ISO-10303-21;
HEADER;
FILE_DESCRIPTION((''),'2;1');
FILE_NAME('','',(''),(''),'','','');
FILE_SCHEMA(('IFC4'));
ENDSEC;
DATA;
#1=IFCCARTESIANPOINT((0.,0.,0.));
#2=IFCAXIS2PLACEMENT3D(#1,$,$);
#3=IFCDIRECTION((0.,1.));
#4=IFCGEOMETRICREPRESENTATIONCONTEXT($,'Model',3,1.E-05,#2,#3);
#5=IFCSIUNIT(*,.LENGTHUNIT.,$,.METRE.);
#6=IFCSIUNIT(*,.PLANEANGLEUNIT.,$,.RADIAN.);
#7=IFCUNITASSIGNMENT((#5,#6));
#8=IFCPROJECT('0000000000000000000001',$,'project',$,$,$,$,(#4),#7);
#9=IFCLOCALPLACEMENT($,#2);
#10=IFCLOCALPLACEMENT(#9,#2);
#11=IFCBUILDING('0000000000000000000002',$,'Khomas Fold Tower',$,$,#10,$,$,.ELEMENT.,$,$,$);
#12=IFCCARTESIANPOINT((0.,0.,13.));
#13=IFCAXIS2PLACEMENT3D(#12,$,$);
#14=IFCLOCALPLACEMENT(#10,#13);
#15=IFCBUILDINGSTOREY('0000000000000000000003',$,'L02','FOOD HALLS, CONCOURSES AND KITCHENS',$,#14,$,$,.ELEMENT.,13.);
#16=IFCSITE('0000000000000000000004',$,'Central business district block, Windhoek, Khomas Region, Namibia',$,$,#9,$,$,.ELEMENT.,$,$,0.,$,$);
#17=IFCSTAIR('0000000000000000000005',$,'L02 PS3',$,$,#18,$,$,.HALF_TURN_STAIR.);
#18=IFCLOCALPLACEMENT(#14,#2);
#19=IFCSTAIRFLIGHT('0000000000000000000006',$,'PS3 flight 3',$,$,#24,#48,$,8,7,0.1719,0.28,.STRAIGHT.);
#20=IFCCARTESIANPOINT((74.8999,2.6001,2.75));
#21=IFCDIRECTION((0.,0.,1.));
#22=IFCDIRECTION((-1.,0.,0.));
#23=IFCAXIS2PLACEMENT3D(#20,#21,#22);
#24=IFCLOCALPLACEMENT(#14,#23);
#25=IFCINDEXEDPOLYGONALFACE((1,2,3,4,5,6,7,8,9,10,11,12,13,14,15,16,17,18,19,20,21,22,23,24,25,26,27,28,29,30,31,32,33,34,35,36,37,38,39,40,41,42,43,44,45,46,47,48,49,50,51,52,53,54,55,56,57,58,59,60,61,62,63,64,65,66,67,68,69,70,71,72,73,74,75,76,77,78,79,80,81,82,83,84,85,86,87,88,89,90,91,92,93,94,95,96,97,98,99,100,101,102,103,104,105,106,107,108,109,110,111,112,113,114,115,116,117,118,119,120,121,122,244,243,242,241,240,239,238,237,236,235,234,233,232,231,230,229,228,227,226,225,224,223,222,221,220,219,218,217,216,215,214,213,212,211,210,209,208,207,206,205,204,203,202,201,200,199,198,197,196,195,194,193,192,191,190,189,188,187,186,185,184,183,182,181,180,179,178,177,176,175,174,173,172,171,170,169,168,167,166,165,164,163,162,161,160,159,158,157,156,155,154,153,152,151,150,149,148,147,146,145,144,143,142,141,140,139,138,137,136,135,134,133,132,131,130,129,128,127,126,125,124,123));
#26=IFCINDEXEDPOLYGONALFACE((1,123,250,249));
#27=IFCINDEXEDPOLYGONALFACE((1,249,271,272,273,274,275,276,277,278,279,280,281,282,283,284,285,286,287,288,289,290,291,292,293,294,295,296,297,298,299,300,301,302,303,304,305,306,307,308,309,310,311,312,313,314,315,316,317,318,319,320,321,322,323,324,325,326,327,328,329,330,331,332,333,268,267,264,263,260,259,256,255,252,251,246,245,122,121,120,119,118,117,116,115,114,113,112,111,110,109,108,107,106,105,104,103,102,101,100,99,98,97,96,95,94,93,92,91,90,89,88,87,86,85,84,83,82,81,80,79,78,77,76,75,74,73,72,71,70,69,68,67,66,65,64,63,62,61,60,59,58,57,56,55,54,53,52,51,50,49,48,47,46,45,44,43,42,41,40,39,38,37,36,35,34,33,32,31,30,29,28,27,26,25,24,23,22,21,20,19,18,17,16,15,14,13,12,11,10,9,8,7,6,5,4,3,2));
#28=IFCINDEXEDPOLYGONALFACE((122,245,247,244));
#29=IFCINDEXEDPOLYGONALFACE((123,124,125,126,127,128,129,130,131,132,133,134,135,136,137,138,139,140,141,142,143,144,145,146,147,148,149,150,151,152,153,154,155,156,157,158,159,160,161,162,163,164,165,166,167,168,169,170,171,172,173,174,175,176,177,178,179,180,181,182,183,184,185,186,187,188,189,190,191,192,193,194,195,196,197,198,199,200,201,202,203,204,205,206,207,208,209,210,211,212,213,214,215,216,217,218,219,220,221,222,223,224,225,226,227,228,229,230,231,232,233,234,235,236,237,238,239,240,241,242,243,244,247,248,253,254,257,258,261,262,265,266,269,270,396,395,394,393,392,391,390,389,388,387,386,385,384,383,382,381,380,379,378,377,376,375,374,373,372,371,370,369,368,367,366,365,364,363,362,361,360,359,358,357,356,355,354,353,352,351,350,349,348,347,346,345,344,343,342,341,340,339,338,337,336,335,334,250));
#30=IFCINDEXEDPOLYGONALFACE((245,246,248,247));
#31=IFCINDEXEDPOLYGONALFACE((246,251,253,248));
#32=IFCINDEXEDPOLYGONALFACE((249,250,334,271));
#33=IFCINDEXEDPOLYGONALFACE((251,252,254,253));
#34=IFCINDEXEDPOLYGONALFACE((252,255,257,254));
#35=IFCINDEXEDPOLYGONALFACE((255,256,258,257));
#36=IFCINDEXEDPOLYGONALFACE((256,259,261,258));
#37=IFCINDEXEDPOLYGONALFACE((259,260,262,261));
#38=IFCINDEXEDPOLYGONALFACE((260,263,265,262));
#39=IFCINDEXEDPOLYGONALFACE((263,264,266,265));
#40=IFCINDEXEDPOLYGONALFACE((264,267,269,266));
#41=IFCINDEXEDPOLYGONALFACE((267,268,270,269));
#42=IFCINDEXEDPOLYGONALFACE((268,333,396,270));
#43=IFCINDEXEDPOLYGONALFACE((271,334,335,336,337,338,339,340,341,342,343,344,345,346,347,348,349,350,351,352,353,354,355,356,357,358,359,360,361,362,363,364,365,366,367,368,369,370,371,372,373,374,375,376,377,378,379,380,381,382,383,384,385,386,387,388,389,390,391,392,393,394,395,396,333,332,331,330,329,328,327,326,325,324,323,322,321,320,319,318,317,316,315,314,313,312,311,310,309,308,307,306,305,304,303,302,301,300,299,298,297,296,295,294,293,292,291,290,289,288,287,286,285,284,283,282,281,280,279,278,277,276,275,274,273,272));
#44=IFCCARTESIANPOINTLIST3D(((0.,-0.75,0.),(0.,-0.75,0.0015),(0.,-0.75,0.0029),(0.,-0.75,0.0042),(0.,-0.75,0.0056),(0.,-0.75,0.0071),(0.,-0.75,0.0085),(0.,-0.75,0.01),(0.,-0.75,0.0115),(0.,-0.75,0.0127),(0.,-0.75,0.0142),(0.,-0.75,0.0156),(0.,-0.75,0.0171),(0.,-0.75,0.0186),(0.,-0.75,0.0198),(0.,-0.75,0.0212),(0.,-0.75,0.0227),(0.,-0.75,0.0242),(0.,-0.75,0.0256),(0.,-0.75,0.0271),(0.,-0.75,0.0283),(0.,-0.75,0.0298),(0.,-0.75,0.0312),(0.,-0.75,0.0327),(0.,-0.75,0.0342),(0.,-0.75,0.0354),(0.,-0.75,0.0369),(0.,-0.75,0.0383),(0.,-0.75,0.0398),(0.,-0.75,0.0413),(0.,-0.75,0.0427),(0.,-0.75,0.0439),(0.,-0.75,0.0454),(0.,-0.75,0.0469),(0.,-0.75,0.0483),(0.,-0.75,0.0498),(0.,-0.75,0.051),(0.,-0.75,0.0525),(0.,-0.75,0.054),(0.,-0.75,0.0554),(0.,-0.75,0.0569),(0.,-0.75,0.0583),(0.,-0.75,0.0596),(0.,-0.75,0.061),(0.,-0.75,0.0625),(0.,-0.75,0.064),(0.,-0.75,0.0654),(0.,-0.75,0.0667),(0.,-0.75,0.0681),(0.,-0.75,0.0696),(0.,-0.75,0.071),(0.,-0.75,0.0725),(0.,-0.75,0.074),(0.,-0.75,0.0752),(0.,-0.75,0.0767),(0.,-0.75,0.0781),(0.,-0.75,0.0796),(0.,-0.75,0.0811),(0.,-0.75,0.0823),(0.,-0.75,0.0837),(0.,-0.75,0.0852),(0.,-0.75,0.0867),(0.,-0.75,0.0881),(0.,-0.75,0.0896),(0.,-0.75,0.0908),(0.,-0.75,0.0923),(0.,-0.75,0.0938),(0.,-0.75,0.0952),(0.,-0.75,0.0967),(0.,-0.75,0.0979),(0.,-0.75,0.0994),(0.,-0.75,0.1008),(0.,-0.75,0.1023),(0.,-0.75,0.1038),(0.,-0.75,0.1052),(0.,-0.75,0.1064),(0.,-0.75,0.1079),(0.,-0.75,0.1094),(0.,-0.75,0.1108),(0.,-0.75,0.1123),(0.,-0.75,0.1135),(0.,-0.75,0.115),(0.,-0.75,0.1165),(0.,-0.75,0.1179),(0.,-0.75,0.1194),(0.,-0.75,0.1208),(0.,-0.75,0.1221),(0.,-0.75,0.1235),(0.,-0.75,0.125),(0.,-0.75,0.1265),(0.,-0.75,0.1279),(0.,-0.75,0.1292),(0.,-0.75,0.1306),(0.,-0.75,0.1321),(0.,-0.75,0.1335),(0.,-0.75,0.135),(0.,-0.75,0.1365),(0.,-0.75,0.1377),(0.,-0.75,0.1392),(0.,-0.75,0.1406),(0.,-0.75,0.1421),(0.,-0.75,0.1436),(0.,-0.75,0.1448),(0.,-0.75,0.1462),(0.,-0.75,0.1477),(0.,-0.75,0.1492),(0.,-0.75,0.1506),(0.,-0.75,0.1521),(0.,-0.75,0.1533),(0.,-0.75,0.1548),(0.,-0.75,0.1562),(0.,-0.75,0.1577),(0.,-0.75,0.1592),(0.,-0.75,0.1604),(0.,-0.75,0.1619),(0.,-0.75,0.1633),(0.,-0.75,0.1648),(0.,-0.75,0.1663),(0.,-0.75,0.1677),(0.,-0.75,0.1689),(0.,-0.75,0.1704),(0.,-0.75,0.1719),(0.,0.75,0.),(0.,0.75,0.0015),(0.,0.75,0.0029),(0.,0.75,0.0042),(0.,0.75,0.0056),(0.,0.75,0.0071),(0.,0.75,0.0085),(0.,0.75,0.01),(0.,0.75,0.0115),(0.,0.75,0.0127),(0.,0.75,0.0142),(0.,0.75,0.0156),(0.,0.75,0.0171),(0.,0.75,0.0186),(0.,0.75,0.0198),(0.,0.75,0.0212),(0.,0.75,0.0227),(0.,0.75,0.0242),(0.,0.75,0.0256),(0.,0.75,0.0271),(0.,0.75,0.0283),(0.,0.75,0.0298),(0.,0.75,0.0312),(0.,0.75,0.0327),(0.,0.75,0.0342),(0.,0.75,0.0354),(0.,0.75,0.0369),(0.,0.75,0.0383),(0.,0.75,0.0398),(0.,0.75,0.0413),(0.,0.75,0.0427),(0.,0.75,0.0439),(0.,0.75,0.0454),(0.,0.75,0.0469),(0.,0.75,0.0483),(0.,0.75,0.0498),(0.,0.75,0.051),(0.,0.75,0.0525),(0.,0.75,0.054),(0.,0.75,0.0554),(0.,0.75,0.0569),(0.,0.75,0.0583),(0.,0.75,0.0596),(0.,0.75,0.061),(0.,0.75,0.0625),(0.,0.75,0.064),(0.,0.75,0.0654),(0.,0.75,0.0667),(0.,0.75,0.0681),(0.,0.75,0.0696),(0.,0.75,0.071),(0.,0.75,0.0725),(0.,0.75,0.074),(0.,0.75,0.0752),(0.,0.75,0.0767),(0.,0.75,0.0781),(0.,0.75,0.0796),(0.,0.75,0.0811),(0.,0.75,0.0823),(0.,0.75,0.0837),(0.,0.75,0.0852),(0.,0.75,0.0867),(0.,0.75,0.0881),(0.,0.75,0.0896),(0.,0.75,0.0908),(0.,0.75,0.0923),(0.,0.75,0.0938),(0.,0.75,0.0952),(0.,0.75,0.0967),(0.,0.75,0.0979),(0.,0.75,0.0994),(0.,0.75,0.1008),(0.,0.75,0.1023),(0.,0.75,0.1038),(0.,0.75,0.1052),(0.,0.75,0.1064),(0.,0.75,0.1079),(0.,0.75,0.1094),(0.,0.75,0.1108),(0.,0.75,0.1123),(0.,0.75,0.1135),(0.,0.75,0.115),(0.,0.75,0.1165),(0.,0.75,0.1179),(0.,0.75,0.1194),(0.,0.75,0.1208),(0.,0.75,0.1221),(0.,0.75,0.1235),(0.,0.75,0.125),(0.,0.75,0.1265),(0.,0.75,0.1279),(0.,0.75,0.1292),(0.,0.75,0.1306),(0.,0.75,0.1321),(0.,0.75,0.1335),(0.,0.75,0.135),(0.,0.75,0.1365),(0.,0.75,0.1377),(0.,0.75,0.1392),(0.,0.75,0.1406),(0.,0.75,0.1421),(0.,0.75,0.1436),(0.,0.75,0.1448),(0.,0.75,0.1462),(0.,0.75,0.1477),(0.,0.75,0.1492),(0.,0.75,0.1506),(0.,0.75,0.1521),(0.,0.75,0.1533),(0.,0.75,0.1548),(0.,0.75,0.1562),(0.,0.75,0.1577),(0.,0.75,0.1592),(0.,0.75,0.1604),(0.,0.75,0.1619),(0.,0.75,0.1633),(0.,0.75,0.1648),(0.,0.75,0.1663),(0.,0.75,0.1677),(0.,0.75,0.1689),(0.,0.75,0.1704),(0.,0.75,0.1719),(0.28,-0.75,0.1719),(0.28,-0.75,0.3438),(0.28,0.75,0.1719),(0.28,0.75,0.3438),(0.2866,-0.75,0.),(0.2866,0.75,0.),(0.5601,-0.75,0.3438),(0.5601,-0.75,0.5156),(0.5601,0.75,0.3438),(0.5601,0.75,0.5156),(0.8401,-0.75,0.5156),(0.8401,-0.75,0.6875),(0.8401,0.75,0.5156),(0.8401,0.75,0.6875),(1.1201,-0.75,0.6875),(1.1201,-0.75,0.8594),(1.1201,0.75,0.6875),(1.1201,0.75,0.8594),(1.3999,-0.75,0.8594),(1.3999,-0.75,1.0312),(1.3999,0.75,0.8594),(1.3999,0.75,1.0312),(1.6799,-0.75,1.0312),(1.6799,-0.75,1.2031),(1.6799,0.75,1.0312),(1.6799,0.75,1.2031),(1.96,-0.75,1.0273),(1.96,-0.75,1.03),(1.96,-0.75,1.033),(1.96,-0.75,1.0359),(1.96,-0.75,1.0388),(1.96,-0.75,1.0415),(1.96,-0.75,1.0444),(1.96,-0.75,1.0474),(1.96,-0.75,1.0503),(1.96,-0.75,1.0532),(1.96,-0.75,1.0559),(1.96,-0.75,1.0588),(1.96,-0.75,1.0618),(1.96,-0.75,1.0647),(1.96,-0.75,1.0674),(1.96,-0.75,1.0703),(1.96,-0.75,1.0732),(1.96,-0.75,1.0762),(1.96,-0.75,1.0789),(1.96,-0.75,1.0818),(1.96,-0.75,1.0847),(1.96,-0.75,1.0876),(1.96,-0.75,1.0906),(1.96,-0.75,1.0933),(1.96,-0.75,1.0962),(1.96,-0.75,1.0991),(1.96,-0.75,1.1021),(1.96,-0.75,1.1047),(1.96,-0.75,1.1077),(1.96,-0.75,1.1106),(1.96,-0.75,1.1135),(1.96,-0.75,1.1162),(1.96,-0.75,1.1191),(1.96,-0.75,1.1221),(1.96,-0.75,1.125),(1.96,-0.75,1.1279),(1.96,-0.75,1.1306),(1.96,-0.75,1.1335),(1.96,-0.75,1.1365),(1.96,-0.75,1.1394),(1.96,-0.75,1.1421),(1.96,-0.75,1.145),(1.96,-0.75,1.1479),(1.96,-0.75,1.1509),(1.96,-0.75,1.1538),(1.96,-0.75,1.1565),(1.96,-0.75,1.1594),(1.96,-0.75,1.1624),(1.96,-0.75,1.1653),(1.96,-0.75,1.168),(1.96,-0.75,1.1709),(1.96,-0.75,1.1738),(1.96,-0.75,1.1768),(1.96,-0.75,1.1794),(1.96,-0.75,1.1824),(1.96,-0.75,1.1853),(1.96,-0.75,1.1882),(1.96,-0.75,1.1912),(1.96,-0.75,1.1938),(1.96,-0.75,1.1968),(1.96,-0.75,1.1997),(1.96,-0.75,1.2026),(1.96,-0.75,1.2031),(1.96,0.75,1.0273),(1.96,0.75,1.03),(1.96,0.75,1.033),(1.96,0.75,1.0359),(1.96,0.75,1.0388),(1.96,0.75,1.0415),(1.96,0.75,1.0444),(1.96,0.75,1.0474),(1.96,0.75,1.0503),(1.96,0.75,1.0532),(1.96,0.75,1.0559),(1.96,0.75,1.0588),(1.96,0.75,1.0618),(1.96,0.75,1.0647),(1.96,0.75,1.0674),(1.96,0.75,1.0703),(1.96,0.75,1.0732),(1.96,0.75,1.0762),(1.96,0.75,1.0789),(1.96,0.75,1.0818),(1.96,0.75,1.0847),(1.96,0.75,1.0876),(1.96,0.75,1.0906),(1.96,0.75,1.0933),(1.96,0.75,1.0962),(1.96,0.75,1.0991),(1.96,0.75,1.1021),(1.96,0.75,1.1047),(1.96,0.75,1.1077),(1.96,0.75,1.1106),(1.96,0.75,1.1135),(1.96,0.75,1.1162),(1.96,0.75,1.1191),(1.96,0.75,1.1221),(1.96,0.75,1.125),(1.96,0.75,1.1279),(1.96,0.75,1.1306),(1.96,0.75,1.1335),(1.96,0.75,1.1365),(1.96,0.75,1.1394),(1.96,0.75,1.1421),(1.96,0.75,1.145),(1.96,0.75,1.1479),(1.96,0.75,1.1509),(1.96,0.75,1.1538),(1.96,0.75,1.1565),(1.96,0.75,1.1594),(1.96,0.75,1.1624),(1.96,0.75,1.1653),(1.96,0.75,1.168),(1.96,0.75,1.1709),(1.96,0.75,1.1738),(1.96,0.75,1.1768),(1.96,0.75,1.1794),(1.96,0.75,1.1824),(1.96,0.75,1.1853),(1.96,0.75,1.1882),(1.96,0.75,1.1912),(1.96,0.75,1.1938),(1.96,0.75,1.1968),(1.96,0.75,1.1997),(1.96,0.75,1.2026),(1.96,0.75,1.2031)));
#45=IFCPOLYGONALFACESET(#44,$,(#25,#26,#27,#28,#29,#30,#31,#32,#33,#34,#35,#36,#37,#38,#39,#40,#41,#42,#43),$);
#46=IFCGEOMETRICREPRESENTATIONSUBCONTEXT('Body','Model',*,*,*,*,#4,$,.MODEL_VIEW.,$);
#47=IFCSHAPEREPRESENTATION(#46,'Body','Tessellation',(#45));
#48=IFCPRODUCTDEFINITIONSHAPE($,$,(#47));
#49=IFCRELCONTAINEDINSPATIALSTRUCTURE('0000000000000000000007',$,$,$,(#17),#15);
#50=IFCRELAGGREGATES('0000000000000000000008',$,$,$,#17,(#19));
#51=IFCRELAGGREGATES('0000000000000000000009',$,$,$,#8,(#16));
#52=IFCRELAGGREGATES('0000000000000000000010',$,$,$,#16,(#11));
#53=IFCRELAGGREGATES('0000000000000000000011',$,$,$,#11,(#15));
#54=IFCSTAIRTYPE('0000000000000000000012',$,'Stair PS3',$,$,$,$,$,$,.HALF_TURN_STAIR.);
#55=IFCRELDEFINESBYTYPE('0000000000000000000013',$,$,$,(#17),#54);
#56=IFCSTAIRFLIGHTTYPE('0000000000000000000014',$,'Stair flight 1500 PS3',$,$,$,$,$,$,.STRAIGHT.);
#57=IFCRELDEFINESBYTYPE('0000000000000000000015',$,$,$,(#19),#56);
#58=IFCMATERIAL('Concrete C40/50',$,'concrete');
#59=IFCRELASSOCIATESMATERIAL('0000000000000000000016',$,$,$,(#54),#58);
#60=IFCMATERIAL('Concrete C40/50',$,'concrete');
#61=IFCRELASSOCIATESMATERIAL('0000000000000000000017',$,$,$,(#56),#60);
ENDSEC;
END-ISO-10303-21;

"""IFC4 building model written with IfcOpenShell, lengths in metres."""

from ifc_helpers import new_model, si_unit, direction, frame, origin, place, context, subcontext, project, spatial, polyline, outline, extrude, source, transform, mapped, material, type_object, element, aggregate, save


model = new_model("IFC4")

# Units and contexts
model_context = context("Model", 3, precision=1e-05, world=origin(), true_north=direction((0.0, 1.0)))
body_context = subcontext(model_context, "Body", "Model", "MODEL_VIEW")
ifc_project = project(units=[si_unit("LENGTHUNIT", "METRE"), si_unit("PLANEANGLEUNIT", "RADIAN")], contexts=[model_context])

# Site, building, storey
site_placement = place(None, origin())
site = spatial("IfcSite", under=ifc_project, at=site_placement, Name="Central business district block, Windhoek, Khomas Region, Namibia", CompositionType="ELEMENT", RefElevation=0.0)
building_placement = place(site_placement, origin())
building = spatial("IfcBuilding", under=site, at=building_placement, Name="Khomas Fold Tower", CompositionType="ELEMENT")
storey_placement = place(building_placement, frame((0.0, 0.0, 13.0)))
storey = spatial("IfcBuildingStorey", under=building, at=storey_placement, Name="L02", Description="FOOD HALLS, CONCOURSES AND KITCHENS", CompositionType="ELEMENT", Elevation=13.0)

# Stair, stair flight
ifc_material_1 = material(Name="Concrete C40/50", Category="concrete")
stair_type_1 = type_object("IfcStairType", Name="Stair PS3", PredefinedType="HALF_TURN_STAIR", material=ifc_material_1)
stair_1_placement = place(storey_placement, origin())
stair_1 = element("IfcStair", 1, at=stair_1_placement, inside=storey, type_object=stair_type_1, Name="L02 PS3", PredefinedType="HALF_TURN_STAIR")
ifc_material_2 = material(Name="Concrete C40/50", Category="concrete")
stair_flight_type_1 = type_object("IfcStairFlightType", Name="Stair flight 1500 PS3", PredefinedType="STRAIGHT", material=ifc_material_2)
shared_shape_1 = source(origin(), body_context, "Body", "SweptSolid", [
    extrude(outline(polyline([(0.0, 0.0), (0.0, 0.0015), (0.0, 0.0029), (0.0, 0.0042), (0.0, 0.0056), (0.0, 0.0071), (0.0, 0.0085), (0.0, 0.01), (0.0, 0.0115), (0.0, 0.0127), (0.0, 0.0142), (0.0, 0.0156), (0.0, 0.0171), (0.0, 0.0186), (0.0, 0.0198), (0.0, 0.0212), (0.0, 0.0227), (0.0, 0.0242), (0.0, 0.0256), (0.0, 0.0271), (0.0, 0.0283), (0.0, 0.0298), (0.0, 0.0312), (0.0, 0.0327), (0.0, 0.0342), (0.0, 0.0354), (0.0, 0.0369), (0.0, 0.0383), (0.0, 0.0398), (0.0, 0.0413), (0.0, 0.0427), (0.0, 0.0439), (0.0, 0.0454), (0.0, 0.0469), (0.0, 0.0483), (0.0, 0.0498), (0.0, 0.051), (0.0, 0.0525), (0.0, 0.054), (0.0, 0.0554), (0.0, 0.0569), (0.0, 0.0583), (0.0, 0.0596), (0.0, 0.061), (0.0, 0.0625), (0.0, 0.064), (0.0, 0.0654), (0.0, 0.0667), (0.0, 0.0681), (0.0, 0.0696), (0.0, 0.071), (0.0, 0.0725), (0.0, 0.074), (0.0, 0.0752), (0.0, 0.0767), (0.0, 0.0781), (0.0, 0.0796), (0.0, 0.0811), (0.0, 0.0823), (0.0, 0.0837), (0.0, 0.0852), (0.0, 0.0867), (0.0, 0.0881), (0.0, 0.0896), (0.0, 0.0908), (0.0, 0.0923), (0.0, 0.0938), (0.0, 0.0952), (0.0, 0.0967), (0.0, 0.0979), (0.0, 0.0994), (0.0, 0.1008), (0.0, 0.1023), (0.0, 0.1038), (0.0, 0.1052), (0.0, 0.1064), (0.0, 0.1079), (0.0, 0.1094), (0.0, 0.1108), (0.0, 0.1123), (0.0, 0.1135), (0.0, 0.115), (0.0, 0.1165), (0.0, 0.1179), (0.0, 0.1194), (0.0, 0.1208), (0.0, 0.1221), (0.0, 0.1235), (0.0, 0.125), (0.0, 0.1265), (0.0, 0.1279), (0.0, 0.1292), (0.0, 0.1306), (0.0, 0.1321), (0.0, 0.1335), (0.0, 0.135), (0.0, 0.1365), (0.0, 0.1377), (0.0, 0.1392), (0.0, 0.1406), (0.0, 0.1421), (0.0, 0.1436), (0.0, 0.1448), (0.0, 0.1462), (0.0, 0.1477), (0.0, 0.1492), (0.0, 0.1506), (0.0, 0.1521), (0.0, 0.1533), (0.0, 0.1548), (0.0, 0.1562), (0.0, 0.1577), (0.0, 0.1592), (0.0, 0.1604), (0.0, 0.1619), (0.0, 0.1633), (0.0, 0.1648), (0.0, 0.1663), (0.0, 0.1677), (0.0, 0.1689), (0.0, 0.1704), (0.0, 0.1719), (0.28, 0.1719), (0.28, 0.3438), (0.5601, 0.3438), (0.5601, 0.5156), (0.8401, 0.5156), (0.8401, 0.6875), (1.1201, 0.6875), (1.1201, 0.8594), (1.3999, 0.8594), (1.3999, 1.0312), (1.6799, 1.0312), (1.6799, 1.2031), (1.96, 1.2031), (1.96, 1.375), (1.96, 1.3721), (1.96, 1.3691), (1.96, 1.3665), (1.96, 1.3635), (1.96, 1.3606), (1.96, 1.3577), (1.96, 1.355), (1.96, 1.3521), (1.96, 1.3491), (1.96, 1.3462), (1.96, 1.3435), (1.96, 1.3406), (1.96, 1.3376), (1.96, 1.3347), (1.96, 1.3318), (1.96, 1.3291), (1.96, 1.3262), (1.96, 1.3232), (1.96, 1.3203), (1.96, 1.3176), (1.96, 1.3147), (1.96, 1.3118), (1.96, 1.3088), (1.96, 1.3059), (1.96, 1.3032), (1.96, 1.3003), (1.96, 1.2974), (1.96, 1.2944), (1.96, 1.2917), (1.96, 1.2888), (1.96, 1.2859), (1.96, 1.283), (1.96, 1.2803), (1.96, 1.2773), (1.96, 1.2744), (1.96, 1.2715), (1.96, 1.2686), (1.96, 1.2659), (1.96, 1.2629), (1.96, 1.26), (1.96, 1.2571), (1.96, 1.2544), (1.96, 1.2515), (1.96, 1.2485), (1.96, 1.2456), (1.96, 1.2427), (1.96, 1.24), (1.96, 1.2371), (1.96, 1.2341), (1.96, 1.2312), (1.96, 1.2285), (1.96, 1.2256), (1.96, 1.2227), (1.96, 1.2197), (1.96, 1.217), (1.96, 1.2141), (1.96, 1.2112), (1.96, 1.2083), (1.96, 1.2053), (1.96, 1.2026), (1.96, 1.1997), (1.96, 1.1968), (1.96, 1.1938), (1.96, 1.1912), (1.96, 1.1882), (1.96, 1.1853), (1.96, 1.1824), (1.96, 1.1794), (1.96, 1.1768), (1.96, 1.1738), (1.96, 1.1709), (1.96, 1.168), (1.96, 1.1653), (1.96, 1.1624), (1.96, 1.1594), (1.96, 1.1565), (1.96, 1.1538), (1.96, 1.1509), (1.96, 1.1479), (1.96, 1.145), (1.96, 1.1421), (1.96, 1.1394), (1.96, 1.1365), (1.96, 1.1335), (1.96, 1.1306), (1.96, 1.1279), (1.96, 1.125), (1.96, 1.1221), (1.96, 1.1191), (1.96, 1.1162), (1.96, 1.1135), (1.96, 1.1106), (1.96, 1.1077), (1.96, 1.1047), (1.96, 1.1021), (1.96, 1.0991), (1.96, 1.0962), (1.96, 1.0933), (1.96, 1.0906), (1.96, 1.0876), (1.96, 1.0847), (1.96, 1.0818), (1.96, 1.0789), (1.96, 1.0762), (1.96, 1.0732), (1.96, 1.0703), (1.96, 1.0674), (1.96, 1.0647), (1.96, 1.0618), (1.96, 1.0588), (1.96, 1.0559), (1.96, 1.0532), (1.96, 1.0503), (1.96, 1.0474), (1.96, 1.0444), (1.96, 1.0415), (1.96, 1.0388), (1.96, 1.0359), (1.96, 1.033), (1.96, 1.03), (1.96, 1.0273), (0.2866, 0.0), (0.0, 0.0)])), frame((0.0, 0.75, 0.0), z_axis=(0.0, -1.0, 0.0), x_axis=(1.0, 0.0, 0.0)), (0.0, 0.0, 1.0), 1.5),
])
stair_flight_1_placement = place(storey_placement, frame((74.8999, 2.6001, 2.75), z_axis=(0.0, 0.0, 1.0), x_axis=(-1.0, 0.0, 0.0)))
stair_flight_1 = element("IfcStairFlight", 2, at=stair_flight_1_placement, type_object=stair_flight_type_1, Name="PS3 flight 3", NumberOfRisers=8, NumberOfTreads=7, PredefinedType="STRAIGHT", RiserHeight=0.1719, TreadLength=0.28, context=body_context, shape_type="MappedRepresentation", body=[
    mapped(shared_shape_1, transform((0.0, 0.0, 0.0))),
])
aggregate(stair_1, [stair_flight_1])

save(model, "model.ifc")
